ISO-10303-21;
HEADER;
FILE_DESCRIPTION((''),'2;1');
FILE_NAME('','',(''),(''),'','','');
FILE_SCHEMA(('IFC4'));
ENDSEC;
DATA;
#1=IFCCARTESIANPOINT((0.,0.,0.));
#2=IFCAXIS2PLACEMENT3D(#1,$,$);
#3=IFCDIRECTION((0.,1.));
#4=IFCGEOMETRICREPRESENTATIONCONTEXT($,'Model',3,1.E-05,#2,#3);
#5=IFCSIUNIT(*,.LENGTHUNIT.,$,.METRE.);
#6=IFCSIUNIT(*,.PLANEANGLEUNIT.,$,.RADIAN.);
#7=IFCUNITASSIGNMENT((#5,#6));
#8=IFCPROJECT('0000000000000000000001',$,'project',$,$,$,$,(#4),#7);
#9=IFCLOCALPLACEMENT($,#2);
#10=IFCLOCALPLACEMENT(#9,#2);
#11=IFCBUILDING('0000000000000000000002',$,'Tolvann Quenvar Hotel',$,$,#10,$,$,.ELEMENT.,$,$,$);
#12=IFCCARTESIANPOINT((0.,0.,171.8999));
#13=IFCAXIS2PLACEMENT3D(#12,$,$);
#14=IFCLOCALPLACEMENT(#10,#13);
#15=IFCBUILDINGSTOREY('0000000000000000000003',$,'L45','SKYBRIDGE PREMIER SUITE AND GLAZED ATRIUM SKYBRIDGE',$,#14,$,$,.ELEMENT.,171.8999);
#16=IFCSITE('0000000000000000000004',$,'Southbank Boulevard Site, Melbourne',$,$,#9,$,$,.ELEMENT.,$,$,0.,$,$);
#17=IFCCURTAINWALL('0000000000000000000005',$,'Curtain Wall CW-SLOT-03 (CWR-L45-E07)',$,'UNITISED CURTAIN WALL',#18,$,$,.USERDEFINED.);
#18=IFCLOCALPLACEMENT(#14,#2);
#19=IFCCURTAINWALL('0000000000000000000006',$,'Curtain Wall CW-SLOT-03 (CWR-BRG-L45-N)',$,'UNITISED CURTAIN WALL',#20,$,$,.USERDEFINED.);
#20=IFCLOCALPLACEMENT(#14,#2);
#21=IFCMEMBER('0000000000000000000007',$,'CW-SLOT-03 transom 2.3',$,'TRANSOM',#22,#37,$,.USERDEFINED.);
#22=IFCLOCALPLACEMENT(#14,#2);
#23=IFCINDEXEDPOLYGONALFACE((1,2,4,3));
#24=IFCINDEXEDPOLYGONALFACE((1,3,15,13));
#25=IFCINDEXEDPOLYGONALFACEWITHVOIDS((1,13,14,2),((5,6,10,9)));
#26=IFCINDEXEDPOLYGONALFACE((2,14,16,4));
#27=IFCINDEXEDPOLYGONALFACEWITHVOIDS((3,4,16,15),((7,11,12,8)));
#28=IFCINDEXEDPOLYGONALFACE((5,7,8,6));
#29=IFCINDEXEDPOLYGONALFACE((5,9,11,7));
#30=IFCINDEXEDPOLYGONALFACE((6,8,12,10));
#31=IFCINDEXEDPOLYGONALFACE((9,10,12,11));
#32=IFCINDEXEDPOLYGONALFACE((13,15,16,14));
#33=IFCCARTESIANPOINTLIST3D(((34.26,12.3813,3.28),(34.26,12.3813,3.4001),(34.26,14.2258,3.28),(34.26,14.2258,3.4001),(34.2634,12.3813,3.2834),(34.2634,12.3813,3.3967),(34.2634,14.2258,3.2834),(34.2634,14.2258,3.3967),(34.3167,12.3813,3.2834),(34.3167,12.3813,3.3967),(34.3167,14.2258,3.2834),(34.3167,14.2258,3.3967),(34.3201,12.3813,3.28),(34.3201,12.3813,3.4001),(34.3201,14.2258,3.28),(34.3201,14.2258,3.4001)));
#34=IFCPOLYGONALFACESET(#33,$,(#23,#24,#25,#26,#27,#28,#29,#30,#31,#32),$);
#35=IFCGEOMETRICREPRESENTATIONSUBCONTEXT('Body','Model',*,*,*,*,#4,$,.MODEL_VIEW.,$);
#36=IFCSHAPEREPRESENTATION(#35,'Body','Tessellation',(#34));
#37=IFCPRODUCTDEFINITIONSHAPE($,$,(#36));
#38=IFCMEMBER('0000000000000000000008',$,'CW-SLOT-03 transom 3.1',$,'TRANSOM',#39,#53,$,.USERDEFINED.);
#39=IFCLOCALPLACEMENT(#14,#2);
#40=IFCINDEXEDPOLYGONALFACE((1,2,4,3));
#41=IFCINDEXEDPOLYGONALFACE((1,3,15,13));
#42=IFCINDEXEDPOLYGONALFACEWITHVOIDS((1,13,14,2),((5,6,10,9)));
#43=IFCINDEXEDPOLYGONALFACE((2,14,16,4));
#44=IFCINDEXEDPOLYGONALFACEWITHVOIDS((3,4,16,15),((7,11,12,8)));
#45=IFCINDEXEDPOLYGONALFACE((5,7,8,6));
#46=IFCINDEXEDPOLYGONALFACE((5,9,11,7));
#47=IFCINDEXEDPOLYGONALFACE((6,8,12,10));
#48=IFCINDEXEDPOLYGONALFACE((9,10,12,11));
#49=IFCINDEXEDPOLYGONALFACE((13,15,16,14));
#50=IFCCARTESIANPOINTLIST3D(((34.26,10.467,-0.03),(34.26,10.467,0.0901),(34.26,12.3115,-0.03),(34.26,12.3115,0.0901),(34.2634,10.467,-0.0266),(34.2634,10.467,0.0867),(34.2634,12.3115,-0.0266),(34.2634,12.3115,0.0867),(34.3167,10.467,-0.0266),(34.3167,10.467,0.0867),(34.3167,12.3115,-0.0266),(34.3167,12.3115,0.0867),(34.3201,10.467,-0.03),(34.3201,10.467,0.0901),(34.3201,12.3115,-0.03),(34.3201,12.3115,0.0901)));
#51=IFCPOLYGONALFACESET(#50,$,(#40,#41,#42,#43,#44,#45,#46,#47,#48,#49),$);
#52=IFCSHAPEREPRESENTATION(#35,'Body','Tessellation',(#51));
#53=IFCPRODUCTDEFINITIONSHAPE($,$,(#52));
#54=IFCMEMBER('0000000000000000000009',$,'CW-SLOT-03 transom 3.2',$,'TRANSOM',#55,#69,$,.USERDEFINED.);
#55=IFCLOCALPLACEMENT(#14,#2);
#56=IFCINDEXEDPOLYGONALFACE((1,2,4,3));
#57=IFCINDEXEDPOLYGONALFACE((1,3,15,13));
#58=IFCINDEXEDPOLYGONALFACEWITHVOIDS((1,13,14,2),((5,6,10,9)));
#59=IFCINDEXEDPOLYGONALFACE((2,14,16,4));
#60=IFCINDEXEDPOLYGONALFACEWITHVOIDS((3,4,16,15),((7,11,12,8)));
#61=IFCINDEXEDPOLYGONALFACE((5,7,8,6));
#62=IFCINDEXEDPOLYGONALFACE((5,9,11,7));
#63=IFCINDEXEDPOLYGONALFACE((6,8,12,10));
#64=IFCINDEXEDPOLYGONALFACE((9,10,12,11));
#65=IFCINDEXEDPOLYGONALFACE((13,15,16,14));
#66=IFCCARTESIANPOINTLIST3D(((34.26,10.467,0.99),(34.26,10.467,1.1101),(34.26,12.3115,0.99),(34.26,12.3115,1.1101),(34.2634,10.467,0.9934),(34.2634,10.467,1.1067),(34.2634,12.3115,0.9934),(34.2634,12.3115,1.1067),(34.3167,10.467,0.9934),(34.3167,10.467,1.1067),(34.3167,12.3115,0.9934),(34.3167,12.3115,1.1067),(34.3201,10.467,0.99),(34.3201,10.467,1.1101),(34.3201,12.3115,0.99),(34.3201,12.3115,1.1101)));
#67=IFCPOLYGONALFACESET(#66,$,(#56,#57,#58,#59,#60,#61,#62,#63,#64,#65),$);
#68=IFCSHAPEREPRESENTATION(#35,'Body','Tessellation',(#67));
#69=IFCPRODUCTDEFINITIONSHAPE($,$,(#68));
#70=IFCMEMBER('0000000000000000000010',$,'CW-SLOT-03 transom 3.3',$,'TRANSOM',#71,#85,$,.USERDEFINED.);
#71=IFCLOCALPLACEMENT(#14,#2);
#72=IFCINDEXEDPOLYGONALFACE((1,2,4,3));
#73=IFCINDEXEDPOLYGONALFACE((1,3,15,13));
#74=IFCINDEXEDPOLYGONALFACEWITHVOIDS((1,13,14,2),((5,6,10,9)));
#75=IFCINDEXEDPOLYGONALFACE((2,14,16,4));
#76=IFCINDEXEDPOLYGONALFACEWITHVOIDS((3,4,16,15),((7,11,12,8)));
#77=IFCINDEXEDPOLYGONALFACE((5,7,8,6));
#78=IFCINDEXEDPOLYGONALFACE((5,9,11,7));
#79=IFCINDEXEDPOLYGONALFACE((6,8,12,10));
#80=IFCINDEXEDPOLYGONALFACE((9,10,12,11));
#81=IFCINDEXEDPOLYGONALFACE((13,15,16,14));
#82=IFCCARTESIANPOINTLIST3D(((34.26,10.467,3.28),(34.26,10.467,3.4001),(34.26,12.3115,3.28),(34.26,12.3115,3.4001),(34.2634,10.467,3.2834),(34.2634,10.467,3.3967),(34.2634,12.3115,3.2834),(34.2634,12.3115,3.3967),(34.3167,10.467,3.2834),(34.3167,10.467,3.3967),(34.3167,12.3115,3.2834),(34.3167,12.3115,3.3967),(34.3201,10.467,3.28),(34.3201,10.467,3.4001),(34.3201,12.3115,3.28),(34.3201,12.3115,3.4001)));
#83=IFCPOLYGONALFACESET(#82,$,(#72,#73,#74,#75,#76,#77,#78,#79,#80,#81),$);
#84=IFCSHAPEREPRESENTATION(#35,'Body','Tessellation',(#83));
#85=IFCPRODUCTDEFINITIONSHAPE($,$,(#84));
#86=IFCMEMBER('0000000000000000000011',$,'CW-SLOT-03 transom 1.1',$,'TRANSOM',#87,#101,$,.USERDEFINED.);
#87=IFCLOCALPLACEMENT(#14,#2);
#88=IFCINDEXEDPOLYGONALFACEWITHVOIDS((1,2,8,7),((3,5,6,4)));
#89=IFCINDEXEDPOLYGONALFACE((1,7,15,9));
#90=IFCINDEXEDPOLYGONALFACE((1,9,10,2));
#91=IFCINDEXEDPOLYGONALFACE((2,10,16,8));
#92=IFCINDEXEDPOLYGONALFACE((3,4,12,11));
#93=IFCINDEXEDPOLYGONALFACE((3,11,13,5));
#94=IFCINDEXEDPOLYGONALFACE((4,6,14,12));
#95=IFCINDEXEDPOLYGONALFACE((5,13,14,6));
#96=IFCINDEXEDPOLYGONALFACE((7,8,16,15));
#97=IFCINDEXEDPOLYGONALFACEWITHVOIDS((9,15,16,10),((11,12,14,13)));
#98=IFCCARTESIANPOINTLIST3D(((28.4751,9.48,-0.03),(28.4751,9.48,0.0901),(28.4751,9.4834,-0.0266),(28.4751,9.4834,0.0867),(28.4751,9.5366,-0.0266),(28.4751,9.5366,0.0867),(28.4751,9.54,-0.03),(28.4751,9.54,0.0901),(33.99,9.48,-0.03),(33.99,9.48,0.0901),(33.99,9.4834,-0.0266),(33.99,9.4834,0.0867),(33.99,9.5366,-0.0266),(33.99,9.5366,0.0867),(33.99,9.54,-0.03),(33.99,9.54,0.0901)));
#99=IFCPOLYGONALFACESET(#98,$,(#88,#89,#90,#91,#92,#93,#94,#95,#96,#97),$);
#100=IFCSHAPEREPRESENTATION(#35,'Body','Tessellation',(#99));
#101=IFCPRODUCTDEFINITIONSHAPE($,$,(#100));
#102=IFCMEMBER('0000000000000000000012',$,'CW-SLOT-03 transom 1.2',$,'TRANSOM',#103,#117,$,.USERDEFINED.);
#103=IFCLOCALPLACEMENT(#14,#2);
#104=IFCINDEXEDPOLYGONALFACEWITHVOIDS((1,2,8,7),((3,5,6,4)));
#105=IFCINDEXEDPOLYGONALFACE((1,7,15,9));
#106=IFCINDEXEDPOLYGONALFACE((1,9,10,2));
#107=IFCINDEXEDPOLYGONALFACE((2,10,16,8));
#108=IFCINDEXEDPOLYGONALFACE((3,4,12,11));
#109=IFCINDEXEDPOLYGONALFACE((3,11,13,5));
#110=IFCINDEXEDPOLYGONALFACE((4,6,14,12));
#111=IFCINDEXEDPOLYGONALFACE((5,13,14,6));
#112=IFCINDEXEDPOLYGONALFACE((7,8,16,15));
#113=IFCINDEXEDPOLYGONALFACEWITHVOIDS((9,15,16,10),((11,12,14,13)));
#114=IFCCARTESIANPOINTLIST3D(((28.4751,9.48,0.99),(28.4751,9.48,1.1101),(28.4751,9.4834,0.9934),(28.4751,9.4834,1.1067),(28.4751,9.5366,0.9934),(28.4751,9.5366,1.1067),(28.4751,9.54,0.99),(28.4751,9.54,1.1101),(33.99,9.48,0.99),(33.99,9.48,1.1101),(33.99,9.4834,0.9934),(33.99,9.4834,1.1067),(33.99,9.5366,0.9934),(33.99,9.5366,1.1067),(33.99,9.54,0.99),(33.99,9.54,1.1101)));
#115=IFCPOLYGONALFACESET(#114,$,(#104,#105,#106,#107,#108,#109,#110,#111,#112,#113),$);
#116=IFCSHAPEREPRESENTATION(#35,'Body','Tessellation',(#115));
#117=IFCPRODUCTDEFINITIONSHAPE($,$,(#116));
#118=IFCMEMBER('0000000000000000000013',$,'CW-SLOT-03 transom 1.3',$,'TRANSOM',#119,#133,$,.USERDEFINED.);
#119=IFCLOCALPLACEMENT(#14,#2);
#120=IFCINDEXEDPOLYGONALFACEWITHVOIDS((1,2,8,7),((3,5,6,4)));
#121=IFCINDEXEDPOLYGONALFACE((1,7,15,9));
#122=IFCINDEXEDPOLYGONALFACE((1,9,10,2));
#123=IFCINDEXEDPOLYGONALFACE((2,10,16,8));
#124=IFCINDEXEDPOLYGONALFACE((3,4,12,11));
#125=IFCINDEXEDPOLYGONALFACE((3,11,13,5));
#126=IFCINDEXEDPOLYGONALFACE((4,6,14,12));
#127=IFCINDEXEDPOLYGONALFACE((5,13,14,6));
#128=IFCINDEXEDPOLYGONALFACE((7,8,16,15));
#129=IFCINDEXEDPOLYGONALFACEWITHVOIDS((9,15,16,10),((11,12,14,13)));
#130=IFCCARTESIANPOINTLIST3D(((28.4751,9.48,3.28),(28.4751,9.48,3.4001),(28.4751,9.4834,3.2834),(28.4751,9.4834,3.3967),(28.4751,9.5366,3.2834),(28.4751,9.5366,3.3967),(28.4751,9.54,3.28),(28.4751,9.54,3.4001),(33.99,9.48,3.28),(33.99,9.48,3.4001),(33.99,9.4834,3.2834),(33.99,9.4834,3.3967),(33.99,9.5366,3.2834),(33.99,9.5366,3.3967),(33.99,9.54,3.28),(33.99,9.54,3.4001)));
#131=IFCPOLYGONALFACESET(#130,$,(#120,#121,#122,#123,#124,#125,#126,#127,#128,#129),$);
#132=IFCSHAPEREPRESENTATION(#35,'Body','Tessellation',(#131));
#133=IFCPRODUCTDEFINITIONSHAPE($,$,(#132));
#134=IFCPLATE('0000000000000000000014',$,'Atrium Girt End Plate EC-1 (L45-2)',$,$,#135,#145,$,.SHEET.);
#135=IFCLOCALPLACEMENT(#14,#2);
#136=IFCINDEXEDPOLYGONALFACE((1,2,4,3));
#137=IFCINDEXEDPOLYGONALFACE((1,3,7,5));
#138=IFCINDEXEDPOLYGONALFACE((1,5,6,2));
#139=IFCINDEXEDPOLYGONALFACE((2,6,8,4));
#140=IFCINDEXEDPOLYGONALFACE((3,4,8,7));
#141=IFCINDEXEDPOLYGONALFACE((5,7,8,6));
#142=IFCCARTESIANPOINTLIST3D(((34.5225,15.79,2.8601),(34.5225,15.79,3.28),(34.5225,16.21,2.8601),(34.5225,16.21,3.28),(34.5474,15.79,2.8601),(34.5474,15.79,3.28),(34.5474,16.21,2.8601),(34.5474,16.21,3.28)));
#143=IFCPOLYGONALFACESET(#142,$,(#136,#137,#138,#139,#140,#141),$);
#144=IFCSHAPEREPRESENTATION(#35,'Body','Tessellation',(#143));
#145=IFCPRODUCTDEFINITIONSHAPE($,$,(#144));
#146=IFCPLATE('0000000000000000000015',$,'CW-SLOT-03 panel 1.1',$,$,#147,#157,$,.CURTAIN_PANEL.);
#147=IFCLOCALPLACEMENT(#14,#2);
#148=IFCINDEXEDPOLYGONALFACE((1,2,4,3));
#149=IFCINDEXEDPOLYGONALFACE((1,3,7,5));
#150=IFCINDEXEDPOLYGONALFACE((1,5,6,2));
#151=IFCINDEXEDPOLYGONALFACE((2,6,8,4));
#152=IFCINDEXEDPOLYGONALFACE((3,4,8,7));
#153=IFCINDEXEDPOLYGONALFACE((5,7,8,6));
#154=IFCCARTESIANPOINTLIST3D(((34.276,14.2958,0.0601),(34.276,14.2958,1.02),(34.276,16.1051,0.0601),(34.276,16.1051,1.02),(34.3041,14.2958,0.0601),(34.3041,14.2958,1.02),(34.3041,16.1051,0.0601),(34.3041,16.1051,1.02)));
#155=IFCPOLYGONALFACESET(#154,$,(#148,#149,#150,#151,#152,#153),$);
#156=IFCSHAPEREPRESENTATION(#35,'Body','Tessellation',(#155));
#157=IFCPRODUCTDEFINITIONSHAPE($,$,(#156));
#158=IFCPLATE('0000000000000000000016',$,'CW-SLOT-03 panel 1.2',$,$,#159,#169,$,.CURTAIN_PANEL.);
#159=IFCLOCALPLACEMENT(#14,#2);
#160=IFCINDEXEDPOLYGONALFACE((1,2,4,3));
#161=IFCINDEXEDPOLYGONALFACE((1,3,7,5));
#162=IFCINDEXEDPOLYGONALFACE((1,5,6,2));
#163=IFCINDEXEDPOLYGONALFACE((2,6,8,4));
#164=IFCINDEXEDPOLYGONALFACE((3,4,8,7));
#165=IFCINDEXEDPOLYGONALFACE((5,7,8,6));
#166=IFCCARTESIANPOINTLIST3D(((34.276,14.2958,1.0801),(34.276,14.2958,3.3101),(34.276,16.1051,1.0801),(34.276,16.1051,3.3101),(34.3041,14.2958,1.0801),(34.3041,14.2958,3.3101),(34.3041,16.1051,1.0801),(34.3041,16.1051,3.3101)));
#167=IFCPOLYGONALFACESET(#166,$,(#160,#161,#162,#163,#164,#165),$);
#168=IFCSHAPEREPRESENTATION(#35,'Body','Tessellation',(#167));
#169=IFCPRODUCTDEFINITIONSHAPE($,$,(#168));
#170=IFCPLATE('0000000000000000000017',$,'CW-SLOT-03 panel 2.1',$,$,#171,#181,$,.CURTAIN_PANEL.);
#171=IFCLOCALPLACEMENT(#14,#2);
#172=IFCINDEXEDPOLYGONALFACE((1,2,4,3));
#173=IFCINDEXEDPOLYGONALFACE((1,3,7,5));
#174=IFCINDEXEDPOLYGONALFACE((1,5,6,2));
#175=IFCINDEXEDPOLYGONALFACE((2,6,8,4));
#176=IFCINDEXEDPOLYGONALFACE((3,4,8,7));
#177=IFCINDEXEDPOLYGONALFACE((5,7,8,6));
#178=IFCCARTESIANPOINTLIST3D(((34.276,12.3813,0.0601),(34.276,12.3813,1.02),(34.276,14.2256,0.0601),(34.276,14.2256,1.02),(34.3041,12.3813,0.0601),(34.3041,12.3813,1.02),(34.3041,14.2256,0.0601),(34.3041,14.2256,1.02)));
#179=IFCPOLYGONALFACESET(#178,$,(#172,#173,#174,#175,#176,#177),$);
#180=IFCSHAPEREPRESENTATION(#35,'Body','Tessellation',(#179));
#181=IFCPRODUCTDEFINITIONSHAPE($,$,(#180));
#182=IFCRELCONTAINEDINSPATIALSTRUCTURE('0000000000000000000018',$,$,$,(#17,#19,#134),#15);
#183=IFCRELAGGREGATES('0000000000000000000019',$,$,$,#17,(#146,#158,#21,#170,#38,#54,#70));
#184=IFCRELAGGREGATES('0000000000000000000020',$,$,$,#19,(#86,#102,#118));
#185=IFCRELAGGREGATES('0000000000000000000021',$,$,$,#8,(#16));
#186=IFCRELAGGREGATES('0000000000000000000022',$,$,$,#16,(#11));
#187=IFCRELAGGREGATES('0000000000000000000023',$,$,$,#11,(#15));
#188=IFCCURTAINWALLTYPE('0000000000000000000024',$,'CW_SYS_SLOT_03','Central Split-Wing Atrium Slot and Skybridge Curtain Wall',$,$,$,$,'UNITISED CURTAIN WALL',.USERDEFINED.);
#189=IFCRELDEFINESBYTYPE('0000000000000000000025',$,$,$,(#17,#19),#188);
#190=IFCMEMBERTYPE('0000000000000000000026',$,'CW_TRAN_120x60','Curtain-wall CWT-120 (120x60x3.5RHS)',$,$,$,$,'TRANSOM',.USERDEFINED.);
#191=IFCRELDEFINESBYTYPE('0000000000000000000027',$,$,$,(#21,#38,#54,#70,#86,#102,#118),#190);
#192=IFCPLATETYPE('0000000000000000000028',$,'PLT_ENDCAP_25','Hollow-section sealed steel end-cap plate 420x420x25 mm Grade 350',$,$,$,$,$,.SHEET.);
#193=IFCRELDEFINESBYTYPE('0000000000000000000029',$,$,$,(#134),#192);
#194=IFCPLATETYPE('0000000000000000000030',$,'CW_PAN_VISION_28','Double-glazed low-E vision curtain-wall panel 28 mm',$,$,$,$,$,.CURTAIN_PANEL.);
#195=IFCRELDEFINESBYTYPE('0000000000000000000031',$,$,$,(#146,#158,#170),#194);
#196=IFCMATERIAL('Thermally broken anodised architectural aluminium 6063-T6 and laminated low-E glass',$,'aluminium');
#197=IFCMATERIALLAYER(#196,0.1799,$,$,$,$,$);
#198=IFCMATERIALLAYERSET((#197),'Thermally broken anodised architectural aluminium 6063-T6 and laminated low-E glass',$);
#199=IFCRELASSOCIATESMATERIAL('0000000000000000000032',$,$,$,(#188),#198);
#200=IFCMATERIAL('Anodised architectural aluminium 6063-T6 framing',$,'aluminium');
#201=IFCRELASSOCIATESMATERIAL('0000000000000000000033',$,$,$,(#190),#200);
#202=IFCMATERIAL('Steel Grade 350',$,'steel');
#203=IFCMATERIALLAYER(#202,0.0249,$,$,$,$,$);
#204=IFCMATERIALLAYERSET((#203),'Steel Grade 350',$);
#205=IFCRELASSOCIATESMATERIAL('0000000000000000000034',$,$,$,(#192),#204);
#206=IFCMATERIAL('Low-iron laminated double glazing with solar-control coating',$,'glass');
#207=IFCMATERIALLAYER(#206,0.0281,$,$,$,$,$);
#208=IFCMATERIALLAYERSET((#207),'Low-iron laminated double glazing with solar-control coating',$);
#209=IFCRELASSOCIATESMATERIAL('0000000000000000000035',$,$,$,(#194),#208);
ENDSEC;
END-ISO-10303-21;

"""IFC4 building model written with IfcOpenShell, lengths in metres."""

from ifc_helpers import new_model, si_unit, direction, frame, origin, origin_2d, place, context, subcontext, project, spatial, rectangle, hollow_rectangle, extrude, source, transform, mapped, material, layer, layer_set, material_profile, profile_set, type_object, type_shapes, element, aggregate, save


model = new_model("IFC4")

# Units and contexts
model_context = context("Model", 3, precision=1e-05, world=origin(), true_north=direction((0.0, 1.0)))
body_context = subcontext(model_context, "Body", "Model", "MODEL_VIEW")
ifc_project = project(units=[si_unit("LENGTHUNIT", "METRE"), si_unit("PLANEANGLEUNIT", "RADIAN")], contexts=[model_context])

# Site, building, storey
site_placement = place(None, origin())
site = spatial("IfcSite", under=ifc_project, at=site_placement, Name="Southbank Boulevard Site, Melbourne", CompositionType="ELEMENT", RefElevation=0.0)
building_placement = place(site_placement, origin())
building = spatial("IfcBuilding", under=site, at=building_placement, Name="Tolvann Quenvar Hotel", CompositionType="ELEMENT")
storey_placement = place(building_placement, frame((0.0, 0.0, 171.8999)))
storey = spatial("IfcBuildingStorey", under=building, at=storey_placement, Name="L45", Description="SKYBRIDGE PREMIER SUITE AND GLAZED ATRIUM SKYBRIDGE", CompositionType="ELEMENT", Elevation=171.8999)

# Curtain wall
ifc_material_1 = material(Name="Thermally broken anodised architectural aluminium 6063-T6 and laminated low-E glass", Category="aluminium")
ifc_layer_1 = layer(ifc_material_1, 0.1799)
ifc_layer_set_1 = layer_set([ifc_layer_1], Name="Thermally broken anodised architectural aluminium 6063-T6 and laminated low-E glass")
curtain_wall_type = type_object("IfcCurtainWallType", Name="CW_SYS_SLOT_03", Description="Central Split-Wing Atrium Slot and Skybridge Curtain Wall", ElementType="UNITISED CURTAIN WALL", PredefinedType="USERDEFINED", material=ifc_layer_set_1)
curtain_wall_1_placement = place(storey_placement, origin())
curtain_wall_1 = element("IfcCurtainWall", 1, at=curtain_wall_1_placement, inside=storey, type_object=curtain_wall_type, Name="Curtain Wall CW-SLOT-03 (CWR-L45-E07)", ObjectType="UNITISED CURTAIN WALL", PredefinedType="USERDEFINED")
ifc_material_2 = material(Name="Anodised architectural aluminium 6063-T6 framing", Category="aluminium")

# Curtain wall
curtain_wall_2_placement = place(storey_placement, origin())
curtain_wall_2 = element("IfcCurtainWall", 2, at=curtain_wall_2_placement, inside=storey, type_object=curtain_wall_type, Name="Curtain Wall CW-SLOT-03 (CWR-BRG-L45-N)", ObjectType="UNITISED CURTAIN WALL", PredefinedType="USERDEFINED")

# Members
ifc_material_profile_1 = material_profile(ifc_material_2, hollow_rectangle(XDim=0.0601, YDim=0.1201, WallThickness=0.0034, at=origin_2d()), Name="120x60x3.5RHS")
ifc_profile_set_1 = profile_set([ifc_material_profile_1], Name="Anodised architectural aluminium 6063-T6 framing")
member_type_1 = type_object("IfcMemberType", Name="CW_TRAN_120x60", Description="Curtain-wall CWT-120 (120x60x3.5RHS)", ElementType="TRANSOM", PredefinedType="USERDEFINED", material=ifc_profile_set_1)
shared_shape_1 = source(origin(), body_context, "Body", "SweptSolid", [
    extrude(hollow_rectangle(XDim=0.0601, YDim=0.1201, WallThickness=0.0034, at=origin_2d()), origin(), (0.0, 0.0, 1.0), 1.8445),
])
member_1_placement = place(storey_placement, frame((34.29, 14.2258, 3.3401), z_axis=(0.0, -1.0, 0.0), x_axis=(1.0, 0.0, 0.0)))
member_1 = element("IfcMember", 3, at=member_1_placement, type_object=member_type_1, Name="CW-SLOT-03 transom 2.3", ObjectType="TRANSOM", PredefinedType="USERDEFINED", context=body_context, shape_type="MappedRepresentation", body=[
    mapped(shared_shape_1, transform((0.0, 0.0, 0.0), x_axis=(1.0, 0.0, 0.0), y_axis=(0.0, 1.0, 0.0), z_axis=(0.0, 0.0, 1.0), scale=1.0)),
])
member_2_placement = place(storey_placement, frame((34.29, 12.3115, 0.03), z_axis=(0.0, -1.0, 0.0), x_axis=(1.0, 0.0, 0.0)))
member_2 = element("IfcMember", 4, at=member_2_placement, type_object=member_type_1, Name="CW-SLOT-03 transom 3.1", ObjectType="TRANSOM", PredefinedType="USERDEFINED", context=body_context, shape_type="MappedRepresentation", body=[
    mapped(shared_shape_1, transform((0.0, 0.0, 0.0), x_axis=(1.0, 0.0, 0.0), y_axis=(0.0, 1.0, 0.0), z_axis=(0.0, 0.0, 1.0), scale=1.0)),
])
member_3_placement = place(storey_placement, frame((34.29, 12.3115, 1.05), z_axis=(0.0, -1.0, 0.0), x_axis=(1.0, 0.0, 0.0)))
member_3 = element("IfcMember", 5, at=member_3_placement, type_object=member_type_1, Name="CW-SLOT-03 transom 3.2", ObjectType="TRANSOM", PredefinedType="USERDEFINED", context=body_context, shape_type="MappedRepresentation", body=[
    mapped(shared_shape_1, transform((0.0, 0.0, 0.0), x_axis=(1.0, 0.0, 0.0), y_axis=(0.0, 1.0, 0.0), z_axis=(0.0, 0.0, 1.0), scale=1.0)),
])
member_4_placement = place(storey_placement, frame((34.29, 12.3115, 3.3401), z_axis=(0.0, -1.0, 0.0), x_axis=(1.0, 0.0, 0.0)))
member_4 = element("IfcMember", 6, at=member_4_placement, type_object=member_type_1, Name="CW-SLOT-03 transom 3.3", ObjectType="TRANSOM", PredefinedType="USERDEFINED", context=body_context, shape_type="MappedRepresentation", body=[
    mapped(shared_shape_1, transform((0.0, 0.0, 0.0), x_axis=(1.0, 0.0, 0.0), y_axis=(0.0, 1.0, 0.0), z_axis=(0.0, 0.0, 1.0), scale=1.0)),
])
shared_shape_2 = source(origin(), body_context, "Body", "SweptSolid", [
    extrude(hollow_rectangle(XDim=0.0601, YDim=0.1201, WallThickness=0.0034, at=origin_2d()), origin(), (0.0, 0.0, 1.0), 5.5149),
])
member_5_placement = place(storey_placement, frame((33.99, 9.51, 0.03), z_axis=(-1.0, 0.0, 0.0), x_axis=(0.0, -1.0, 0.0)))
member_5 = element("IfcMember", 7, at=member_5_placement, type_object=member_type_1, Name="CW-SLOT-03 transom 1.1", ObjectType="TRANSOM", PredefinedType="USERDEFINED", context=body_context, shape_type="MappedRepresentation", body=[
    mapped(shared_shape_2, transform((0.0, 0.0, 0.0), x_axis=(1.0, 0.0, 0.0), y_axis=(0.0, 1.0, 0.0), z_axis=(0.0, 0.0, 1.0), scale=1.0)),
])
member_6_placement = place(storey_placement, frame((33.99, 9.51, 1.05), z_axis=(-1.0, 0.0, 0.0), x_axis=(0.0, -1.0, 0.0)))
member_6 = element("IfcMember", 8, at=member_6_placement, type_object=member_type_1, Name="CW-SLOT-03 transom 1.2", ObjectType="TRANSOM", PredefinedType="USERDEFINED", context=body_context, shape_type="MappedRepresentation", body=[
    mapped(shared_shape_2, transform((0.0, 0.0, 0.0), x_axis=(1.0, 0.0, 0.0), y_axis=(0.0, 1.0, 0.0), z_axis=(0.0, 0.0, 1.0), scale=1.0)),
])
member_7_placement = place(storey_placement, frame((33.99, 9.51, 3.3401), z_axis=(-1.0, 0.0, 0.0), x_axis=(0.0, -1.0, 0.0)))
member_7 = element("IfcMember", 9, at=member_7_placement, type_object=member_type_1, Name="CW-SLOT-03 transom 1.3", ObjectType="TRANSOM", PredefinedType="USERDEFINED", context=body_context, shape_type="MappedRepresentation", body=[
    mapped(shared_shape_2, transform((0.0, 0.0, 0.0), x_axis=(1.0, 0.0, 0.0), y_axis=(0.0, 1.0, 0.0), z_axis=(0.0, 0.0, 1.0), scale=1.0)),
])

# Plates
ifc_material_3 = material(Name="Steel Grade 350", Category="steel")
ifc_layer_2 = layer(ifc_material_3, 0.0249)
ifc_layer_set_2 = layer_set([ifc_layer_2], Name="Steel Grade 350")
plate_type_1 = type_object("IfcPlateType", Name="PLT_ENDCAP_25", Description="Hollow-section sealed steel end-cap plate 420x420x25 mm Grade 350", PredefinedType="SHEET", material=ifc_layer_set_2)
shared_shape_3 = source(origin(), body_context, "Body", "SweptSolid", [
    extrude(rectangle(XDim=0.0249, YDim=0.4199, at=origin_2d()), origin(), (0.0, 0.0, 1.0), 0.4199),
])
type_shapes(plate_type_1, [shared_shape_3])
plate_1_placement = place(storey_placement, frame((34.5349, 16.0, 2.8601), z_axis=(0.0, 0.0, 1.0), x_axis=(1.0, 0.0, 0.0)))
element("IfcPlate", 10, at=plate_1_placement, inside=storey, type_object=plate_type_1, Name="Atrium Girt End Plate EC-1 (L45-2)", PredefinedType="SHEET", context=body_context, shape_type="MappedRepresentation", body=[
    mapped(shared_shape_3, transform((0.0, 0.0, 0.0), x_axis=(1.0, 0.0, 0.0), y_axis=(0.0, 1.0, 0.0), z_axis=(0.0, 0.0, 1.0), scale=1.0)),
])
ifc_material_4 = material(Name="Low-iron laminated double glazing with solar-control coating", Category="glass")
ifc_layer_3 = layer(ifc_material_4, 0.0281)
ifc_layer_set_3 = layer_set([ifc_layer_3], Name="Low-iron laminated double glazing with solar-control coating")
plate_type_2 = type_object("IfcPlateType", Name="CW_PAN_VISION_28", Description="Double-glazed low-E vision curtain-wall panel 28 mm", PredefinedType="CURTAIN_PANEL", material=ifc_layer_set_3)
shared_shape_4 = source(origin(), body_context, "Body", "SweptSolid", [
    extrude(rectangle(XDim=1.8093, YDim=0.0281, at=origin_2d()), origin(), (0.0, 0.0, 1.0), 0.96),
])
plate_2_placement = place(storey_placement, frame((34.29, 15.2004, 0.0601), z_axis=(0.0, 0.0, 1.0), x_axis=(0.0, -1.0, 0.0)))
plate_2 = element("IfcPlate", 11, at=plate_2_placement, type_object=plate_type_2, Name="CW-SLOT-03 panel 1.1", PredefinedType="CURTAIN_PANEL", context=body_context, shape_type="MappedRepresentation", body=[
    mapped(shared_shape_4, transform((0.0, 0.0, 0.0), x_axis=(1.0, 0.0, 0.0), y_axis=(0.0, 1.0, 0.0), z_axis=(0.0, 0.0, 1.0), scale=1.0)),
])
shared_shape_5 = source(origin(), body_context, "Body", "SweptSolid", [
    extrude(rectangle(XDim=1.8093, YDim=0.0281, at=origin_2d()), origin(), (0.0, 0.0, 1.0), 2.23),
])
plate_3_placement = place(storey_placement, frame((34.29, 15.2004, 1.0801), z_axis=(0.0, 0.0, 1.0), x_axis=(0.0, -1.0, 0.0)))
plate_3 = element("IfcPlate", 12, at=plate_3_placement, type_object=plate_type_2, Name="CW-SLOT-03 panel 1.2", PredefinedType="CURTAIN_PANEL", context=body_context, shape_type="MappedRepresentation", body=[
    mapped(shared_shape_5, transform((0.0, 0.0, 0.0), x_axis=(1.0, 0.0, 0.0), y_axis=(0.0, 1.0, 0.0), z_axis=(0.0, 0.0, 1.0), scale=1.0)),
])
shared_shape_6 = source(origin(), body_context, "Body", "SweptSolid", [
    extrude(rectangle(XDim=1.8442, YDim=0.0281, at=origin_2d()), origin(), (0.0, 0.0, 1.0), 0.96),
])
plate_4_placement = place(storey_placement, frame((34.29, 13.3035, 0.0601), z_axis=(0.0, 0.0, 1.0), x_axis=(0.0, -1.0, 0.0)))
plate_4 = element("IfcPlate", 13, at=plate_4_placement, type_object=plate_type_2, Name="CW-SLOT-03 panel 2.1", PredefinedType="CURTAIN_PANEL", context=body_context, shape_type="MappedRepresentation", body=[
    mapped(shared_shape_6, transform((0.0, 0.0, 0.0), x_axis=(1.0, 0.0, 0.0), y_axis=(0.0, 1.0, 0.0), z_axis=(0.0, 0.0, 1.0), scale=1.0)),
])
aggregate(curtain_wall_1, [plate_2, plate_3, member_1, plate_4, member_2, member_3, member_4])
aggregate(curtain_wall_2, [member_5, member_6, member_7])

save(model, "model.ifc")
